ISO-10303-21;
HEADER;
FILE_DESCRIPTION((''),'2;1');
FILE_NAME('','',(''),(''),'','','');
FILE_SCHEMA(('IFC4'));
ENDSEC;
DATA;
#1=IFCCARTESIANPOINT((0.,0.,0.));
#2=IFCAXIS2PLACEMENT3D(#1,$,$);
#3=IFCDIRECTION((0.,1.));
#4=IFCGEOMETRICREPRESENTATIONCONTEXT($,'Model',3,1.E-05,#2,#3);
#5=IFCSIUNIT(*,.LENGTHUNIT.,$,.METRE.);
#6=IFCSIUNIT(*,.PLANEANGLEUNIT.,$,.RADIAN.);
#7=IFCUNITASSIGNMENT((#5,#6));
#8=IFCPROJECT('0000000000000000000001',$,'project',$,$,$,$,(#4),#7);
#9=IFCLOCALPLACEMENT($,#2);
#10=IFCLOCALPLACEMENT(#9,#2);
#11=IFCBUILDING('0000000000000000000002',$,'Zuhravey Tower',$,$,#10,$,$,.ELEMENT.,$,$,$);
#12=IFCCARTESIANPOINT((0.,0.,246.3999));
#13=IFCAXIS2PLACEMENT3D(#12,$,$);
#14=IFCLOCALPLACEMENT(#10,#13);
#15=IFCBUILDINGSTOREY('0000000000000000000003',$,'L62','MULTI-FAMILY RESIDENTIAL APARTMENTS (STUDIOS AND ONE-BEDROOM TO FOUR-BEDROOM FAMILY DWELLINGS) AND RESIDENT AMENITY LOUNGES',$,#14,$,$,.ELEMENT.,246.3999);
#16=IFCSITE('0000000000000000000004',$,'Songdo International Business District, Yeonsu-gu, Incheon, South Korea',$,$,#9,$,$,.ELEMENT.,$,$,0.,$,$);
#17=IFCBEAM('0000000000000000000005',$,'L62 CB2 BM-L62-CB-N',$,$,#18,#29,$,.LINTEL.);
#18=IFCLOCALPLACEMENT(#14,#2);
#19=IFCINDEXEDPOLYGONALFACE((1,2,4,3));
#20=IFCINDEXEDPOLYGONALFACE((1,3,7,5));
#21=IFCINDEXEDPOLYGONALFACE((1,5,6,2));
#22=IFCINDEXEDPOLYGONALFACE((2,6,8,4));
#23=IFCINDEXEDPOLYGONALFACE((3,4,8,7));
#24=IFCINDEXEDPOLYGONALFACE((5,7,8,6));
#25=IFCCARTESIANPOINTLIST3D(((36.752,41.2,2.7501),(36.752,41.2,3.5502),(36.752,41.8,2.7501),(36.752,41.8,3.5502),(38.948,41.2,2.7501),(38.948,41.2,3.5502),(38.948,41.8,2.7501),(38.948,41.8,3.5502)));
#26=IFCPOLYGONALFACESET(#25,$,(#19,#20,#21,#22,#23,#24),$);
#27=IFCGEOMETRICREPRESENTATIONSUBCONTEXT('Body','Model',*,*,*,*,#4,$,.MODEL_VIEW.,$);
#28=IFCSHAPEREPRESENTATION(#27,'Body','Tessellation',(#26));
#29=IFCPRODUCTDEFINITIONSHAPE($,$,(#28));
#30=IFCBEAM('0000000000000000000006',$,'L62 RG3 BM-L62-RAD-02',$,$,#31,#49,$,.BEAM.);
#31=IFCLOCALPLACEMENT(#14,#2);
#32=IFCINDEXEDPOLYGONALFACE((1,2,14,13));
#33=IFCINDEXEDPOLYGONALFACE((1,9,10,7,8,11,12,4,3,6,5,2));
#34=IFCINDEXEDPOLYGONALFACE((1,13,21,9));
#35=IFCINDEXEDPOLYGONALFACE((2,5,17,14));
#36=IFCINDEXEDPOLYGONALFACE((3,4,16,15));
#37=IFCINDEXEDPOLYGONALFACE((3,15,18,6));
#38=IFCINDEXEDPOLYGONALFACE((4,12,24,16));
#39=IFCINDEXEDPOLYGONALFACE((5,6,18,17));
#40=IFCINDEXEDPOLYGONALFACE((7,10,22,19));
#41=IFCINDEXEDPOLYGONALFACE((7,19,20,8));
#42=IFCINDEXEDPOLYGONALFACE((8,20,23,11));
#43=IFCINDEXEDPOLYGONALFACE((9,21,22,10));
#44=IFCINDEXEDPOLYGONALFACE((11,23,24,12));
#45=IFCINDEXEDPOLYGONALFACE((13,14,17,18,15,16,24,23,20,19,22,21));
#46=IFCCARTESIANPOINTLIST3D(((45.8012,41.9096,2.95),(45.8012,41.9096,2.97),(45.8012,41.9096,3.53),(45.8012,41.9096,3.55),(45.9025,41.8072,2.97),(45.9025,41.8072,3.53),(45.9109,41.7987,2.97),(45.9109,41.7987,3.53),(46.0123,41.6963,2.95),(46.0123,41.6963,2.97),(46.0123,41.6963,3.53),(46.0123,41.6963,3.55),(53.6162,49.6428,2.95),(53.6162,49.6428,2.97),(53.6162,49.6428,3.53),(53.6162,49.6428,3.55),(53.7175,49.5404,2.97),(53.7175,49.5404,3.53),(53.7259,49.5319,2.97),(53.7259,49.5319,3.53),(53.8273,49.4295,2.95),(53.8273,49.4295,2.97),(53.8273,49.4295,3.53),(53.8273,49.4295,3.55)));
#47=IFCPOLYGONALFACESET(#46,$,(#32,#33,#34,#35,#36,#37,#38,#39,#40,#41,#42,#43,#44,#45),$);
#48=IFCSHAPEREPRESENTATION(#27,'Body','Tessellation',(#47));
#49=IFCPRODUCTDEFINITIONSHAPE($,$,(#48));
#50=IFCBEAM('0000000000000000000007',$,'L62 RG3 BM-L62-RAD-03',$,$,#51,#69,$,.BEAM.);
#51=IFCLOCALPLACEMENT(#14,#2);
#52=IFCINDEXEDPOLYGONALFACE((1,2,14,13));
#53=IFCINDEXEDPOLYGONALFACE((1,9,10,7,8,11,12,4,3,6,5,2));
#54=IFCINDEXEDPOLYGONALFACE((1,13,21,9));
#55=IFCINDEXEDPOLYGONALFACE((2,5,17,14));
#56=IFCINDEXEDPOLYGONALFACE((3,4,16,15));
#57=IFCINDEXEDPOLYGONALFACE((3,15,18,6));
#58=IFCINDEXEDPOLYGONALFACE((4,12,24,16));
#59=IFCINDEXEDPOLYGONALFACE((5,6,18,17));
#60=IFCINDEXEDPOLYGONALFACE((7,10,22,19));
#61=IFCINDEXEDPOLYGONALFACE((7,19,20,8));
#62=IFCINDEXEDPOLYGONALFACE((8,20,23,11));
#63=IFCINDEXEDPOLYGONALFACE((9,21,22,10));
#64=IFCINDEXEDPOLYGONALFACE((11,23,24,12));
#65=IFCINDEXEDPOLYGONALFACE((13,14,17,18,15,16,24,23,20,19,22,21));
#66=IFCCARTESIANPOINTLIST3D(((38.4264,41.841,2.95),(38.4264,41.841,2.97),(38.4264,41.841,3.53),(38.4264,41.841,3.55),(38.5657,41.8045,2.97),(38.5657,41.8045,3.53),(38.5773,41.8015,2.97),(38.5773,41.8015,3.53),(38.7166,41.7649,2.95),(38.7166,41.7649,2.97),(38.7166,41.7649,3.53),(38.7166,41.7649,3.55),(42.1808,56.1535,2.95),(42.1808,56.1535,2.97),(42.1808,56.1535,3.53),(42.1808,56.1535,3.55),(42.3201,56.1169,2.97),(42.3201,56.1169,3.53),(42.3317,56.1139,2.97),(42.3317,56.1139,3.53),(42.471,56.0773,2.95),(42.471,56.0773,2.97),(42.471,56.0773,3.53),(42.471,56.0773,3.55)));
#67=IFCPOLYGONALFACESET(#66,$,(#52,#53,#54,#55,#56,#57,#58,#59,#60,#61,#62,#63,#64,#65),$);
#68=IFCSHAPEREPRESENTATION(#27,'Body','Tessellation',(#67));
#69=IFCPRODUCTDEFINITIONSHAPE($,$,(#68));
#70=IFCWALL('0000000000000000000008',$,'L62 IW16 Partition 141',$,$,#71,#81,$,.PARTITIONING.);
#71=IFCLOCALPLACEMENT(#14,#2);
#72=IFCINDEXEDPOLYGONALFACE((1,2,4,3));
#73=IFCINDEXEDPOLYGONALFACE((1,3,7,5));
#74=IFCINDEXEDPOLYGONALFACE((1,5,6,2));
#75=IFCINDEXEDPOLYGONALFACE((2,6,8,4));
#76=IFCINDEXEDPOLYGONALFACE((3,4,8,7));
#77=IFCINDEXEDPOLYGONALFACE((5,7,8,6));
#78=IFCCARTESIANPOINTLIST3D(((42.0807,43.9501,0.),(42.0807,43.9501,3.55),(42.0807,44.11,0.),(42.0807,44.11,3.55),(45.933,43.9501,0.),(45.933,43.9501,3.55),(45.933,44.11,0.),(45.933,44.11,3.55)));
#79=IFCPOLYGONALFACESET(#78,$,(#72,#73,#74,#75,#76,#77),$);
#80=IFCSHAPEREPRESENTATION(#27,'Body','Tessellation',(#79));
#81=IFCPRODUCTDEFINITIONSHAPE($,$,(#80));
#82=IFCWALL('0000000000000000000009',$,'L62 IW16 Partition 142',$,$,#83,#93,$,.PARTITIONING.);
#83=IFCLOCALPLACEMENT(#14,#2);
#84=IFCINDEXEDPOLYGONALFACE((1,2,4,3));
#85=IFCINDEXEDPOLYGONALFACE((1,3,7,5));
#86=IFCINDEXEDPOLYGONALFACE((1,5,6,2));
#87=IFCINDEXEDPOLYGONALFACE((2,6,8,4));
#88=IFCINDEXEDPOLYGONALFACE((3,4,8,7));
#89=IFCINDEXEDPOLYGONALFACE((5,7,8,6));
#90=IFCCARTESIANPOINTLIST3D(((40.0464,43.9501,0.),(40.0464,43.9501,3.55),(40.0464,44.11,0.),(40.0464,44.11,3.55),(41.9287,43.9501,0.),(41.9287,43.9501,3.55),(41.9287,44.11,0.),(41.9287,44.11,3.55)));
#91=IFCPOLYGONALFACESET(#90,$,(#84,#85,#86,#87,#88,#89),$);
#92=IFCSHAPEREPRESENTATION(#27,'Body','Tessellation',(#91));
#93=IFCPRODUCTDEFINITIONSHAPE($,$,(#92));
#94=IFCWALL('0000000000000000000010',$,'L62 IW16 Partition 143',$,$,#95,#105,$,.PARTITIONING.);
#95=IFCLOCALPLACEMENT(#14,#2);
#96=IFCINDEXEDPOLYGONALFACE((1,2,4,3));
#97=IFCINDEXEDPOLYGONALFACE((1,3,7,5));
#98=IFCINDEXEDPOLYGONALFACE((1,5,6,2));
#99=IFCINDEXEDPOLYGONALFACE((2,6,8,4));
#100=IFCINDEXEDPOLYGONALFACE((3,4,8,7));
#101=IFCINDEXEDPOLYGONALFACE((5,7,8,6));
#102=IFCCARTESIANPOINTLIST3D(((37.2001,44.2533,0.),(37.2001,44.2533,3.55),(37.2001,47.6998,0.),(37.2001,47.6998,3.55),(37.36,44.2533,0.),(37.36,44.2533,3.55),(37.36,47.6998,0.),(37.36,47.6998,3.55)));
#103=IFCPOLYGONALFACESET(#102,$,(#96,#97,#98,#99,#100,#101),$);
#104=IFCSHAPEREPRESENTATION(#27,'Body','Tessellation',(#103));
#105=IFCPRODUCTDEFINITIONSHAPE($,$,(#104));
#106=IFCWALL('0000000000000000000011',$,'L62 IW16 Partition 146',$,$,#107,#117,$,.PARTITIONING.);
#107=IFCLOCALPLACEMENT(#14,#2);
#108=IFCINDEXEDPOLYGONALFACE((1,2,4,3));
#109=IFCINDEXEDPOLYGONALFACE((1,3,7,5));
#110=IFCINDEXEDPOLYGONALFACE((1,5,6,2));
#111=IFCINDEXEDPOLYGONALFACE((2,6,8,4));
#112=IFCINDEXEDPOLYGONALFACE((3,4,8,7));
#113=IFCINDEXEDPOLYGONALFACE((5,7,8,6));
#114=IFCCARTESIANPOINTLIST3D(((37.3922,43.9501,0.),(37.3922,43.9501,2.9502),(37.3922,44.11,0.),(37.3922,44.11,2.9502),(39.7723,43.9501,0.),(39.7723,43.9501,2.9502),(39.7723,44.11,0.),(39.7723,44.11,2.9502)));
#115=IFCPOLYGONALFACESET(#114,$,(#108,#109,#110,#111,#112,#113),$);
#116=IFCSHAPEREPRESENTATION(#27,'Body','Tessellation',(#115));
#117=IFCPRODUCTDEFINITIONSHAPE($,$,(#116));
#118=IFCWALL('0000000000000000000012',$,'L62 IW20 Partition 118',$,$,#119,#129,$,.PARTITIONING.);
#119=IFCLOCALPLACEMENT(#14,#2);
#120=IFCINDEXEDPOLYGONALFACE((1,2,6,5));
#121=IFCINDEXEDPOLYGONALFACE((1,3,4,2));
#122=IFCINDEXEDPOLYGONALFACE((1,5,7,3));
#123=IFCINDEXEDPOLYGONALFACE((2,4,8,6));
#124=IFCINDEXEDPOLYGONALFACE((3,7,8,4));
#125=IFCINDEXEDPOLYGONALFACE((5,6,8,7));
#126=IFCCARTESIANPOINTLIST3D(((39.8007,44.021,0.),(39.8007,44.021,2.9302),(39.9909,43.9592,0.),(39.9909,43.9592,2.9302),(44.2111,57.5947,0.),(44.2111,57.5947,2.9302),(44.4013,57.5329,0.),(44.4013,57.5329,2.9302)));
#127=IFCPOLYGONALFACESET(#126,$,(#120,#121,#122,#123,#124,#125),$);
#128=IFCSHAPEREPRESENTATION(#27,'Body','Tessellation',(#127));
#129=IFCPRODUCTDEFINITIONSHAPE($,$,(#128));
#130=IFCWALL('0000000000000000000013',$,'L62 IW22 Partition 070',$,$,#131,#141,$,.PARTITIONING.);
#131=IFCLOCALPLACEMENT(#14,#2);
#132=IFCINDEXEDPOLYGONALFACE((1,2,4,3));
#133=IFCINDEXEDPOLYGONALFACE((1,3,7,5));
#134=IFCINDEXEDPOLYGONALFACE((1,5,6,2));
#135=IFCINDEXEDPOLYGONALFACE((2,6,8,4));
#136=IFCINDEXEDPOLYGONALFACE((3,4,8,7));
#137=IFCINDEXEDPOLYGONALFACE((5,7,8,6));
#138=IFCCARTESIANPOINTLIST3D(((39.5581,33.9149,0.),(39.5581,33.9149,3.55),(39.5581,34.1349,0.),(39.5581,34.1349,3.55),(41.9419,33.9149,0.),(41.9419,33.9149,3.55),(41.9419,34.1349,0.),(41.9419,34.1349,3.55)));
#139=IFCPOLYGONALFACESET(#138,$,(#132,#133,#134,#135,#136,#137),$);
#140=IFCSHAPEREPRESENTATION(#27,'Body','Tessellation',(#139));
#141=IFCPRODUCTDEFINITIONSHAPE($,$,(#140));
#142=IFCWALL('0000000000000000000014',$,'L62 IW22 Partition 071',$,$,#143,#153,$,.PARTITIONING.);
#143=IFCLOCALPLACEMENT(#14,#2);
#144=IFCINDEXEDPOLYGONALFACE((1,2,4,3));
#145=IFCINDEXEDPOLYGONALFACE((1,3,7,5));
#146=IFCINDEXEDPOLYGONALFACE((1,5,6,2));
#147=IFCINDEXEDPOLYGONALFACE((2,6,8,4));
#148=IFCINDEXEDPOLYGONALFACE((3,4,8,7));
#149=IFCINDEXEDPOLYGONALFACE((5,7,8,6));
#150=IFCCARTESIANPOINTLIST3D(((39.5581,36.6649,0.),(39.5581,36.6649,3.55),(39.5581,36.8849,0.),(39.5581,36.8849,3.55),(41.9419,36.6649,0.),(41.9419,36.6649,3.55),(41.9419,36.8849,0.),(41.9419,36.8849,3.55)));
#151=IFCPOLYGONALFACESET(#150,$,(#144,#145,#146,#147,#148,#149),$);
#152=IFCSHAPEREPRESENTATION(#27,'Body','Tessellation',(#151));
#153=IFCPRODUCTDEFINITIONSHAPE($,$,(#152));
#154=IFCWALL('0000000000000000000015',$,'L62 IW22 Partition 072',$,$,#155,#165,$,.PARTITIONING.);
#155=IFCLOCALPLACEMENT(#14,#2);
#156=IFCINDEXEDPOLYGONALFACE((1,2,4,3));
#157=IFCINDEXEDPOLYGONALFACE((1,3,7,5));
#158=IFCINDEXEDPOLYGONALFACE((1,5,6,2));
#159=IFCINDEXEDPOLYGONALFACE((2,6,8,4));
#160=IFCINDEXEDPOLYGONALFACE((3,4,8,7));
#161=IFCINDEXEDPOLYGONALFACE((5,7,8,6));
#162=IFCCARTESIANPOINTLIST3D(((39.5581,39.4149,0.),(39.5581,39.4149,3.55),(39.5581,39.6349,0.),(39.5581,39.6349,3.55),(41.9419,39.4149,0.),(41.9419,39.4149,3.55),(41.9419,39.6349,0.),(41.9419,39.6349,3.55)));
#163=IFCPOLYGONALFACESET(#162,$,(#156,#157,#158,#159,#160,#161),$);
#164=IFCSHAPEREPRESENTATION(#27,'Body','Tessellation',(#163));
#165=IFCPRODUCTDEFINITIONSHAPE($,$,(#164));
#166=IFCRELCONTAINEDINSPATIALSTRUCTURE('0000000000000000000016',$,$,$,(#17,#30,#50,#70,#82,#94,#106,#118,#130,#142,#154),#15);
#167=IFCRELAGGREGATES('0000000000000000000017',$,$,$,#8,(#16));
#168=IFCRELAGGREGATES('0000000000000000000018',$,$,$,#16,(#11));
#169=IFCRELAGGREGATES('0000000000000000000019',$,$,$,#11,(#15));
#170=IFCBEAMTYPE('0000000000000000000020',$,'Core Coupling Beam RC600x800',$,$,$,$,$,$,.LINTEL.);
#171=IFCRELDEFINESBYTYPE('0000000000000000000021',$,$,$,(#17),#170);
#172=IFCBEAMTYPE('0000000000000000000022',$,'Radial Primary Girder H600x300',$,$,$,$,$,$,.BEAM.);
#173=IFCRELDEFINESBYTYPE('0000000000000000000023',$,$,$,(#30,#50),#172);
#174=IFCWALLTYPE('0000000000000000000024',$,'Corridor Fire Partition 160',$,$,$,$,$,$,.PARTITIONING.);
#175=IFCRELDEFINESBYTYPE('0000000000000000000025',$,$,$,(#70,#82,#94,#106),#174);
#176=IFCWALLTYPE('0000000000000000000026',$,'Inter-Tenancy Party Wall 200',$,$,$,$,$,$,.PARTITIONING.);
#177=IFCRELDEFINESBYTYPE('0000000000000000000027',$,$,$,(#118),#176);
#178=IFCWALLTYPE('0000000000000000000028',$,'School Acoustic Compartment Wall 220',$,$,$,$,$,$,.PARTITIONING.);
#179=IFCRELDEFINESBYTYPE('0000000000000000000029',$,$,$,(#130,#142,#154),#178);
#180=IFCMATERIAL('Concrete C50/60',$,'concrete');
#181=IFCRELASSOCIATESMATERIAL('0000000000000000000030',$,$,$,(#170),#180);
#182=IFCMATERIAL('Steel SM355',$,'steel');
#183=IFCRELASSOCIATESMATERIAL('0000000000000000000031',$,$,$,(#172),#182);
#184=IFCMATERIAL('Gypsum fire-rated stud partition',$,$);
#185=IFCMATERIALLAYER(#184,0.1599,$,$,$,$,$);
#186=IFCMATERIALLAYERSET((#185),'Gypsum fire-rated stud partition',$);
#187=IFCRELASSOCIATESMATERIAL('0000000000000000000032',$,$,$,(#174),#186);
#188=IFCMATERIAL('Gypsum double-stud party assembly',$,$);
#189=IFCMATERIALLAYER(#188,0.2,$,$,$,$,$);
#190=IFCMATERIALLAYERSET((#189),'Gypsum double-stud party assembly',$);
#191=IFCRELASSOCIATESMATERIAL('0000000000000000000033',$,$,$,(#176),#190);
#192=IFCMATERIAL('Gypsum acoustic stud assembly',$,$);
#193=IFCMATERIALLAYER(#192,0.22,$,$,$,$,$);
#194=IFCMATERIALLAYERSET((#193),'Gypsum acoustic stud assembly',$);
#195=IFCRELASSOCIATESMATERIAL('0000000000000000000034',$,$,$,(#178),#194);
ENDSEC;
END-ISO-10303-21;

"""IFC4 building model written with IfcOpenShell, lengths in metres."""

from ifc_helpers import new_model, si_unit, direction, frame, frame_2d, origin, origin_2d, place, context, subcontext, project, spatial, rectangle, i_section, extrude, material, layer, layer_set, material_profile, profile_set, type_object, element, save


model = new_model("IFC4")

# Units and contexts
model_context = context("Model", 3, precision=1e-05, world=origin(), true_north=direction((0.0, 1.0)))
body_context = subcontext(model_context, "Body", "Model", "MODEL_VIEW")
ifc_project = project(units=[si_unit("LENGTHUNIT", "METRE"), si_unit("PLANEANGLEUNIT", "RADIAN")], contexts=[model_context])

# Site, building, storey
site_placement = place(None, origin())
site = spatial("IfcSite", under=ifc_project, at=site_placement, Name="Songdo International Business District, Yeonsu-gu, Incheon, South Korea", CompositionType="ELEMENT", RefElevation=0.0)
building_placement = place(site_placement, origin())
building = spatial("IfcBuilding", under=site, at=building_placement, Name="Zuhravey Tower", CompositionType="ELEMENT")
storey_placement = place(building_placement, frame((0.0, 0.0, 246.3999)))
storey = spatial("IfcBuildingStorey", under=building, at=storey_placement, Name="L62", Description="MULTI-FAMILY RESIDENTIAL APARTMENTS (STUDIOS AND ONE-BEDROOM TO FOUR-BEDROOM FAMILY DWELLINGS) AND RESIDENT AMENITY LOUNGES", CompositionType="ELEMENT", Elevation=246.3999)

# Beams
ifc_material_1 = material(Name="Concrete C50/60", Category="concrete")
ifc_material_profile_1 = material_profile(ifc_material_1, rectangle(XDim=0.6001, YDim=0.8, at=origin_2d()), Name="RC-600x800")
ifc_profile_set_1 = profile_set([ifc_material_profile_1], Name="Concrete C50/60")
beam_type_1 = type_object("IfcBeamType", Name="Core Coupling Beam RC600x800", PredefinedType="LINTEL", material=ifc_profile_set_1)
beam_1_placement = place(storey_placement, frame((36.752, 41.5, 3.1501), z_axis=(1.0, 0.0, 0.0), x_axis=(0.0, 1.0, 0.0)))
element("IfcBeam", 1, at=beam_1_placement, inside=storey, type_object=beam_type_1, Name="L62 CB2 BM-L62-CB-N", PredefinedType="LINTEL", context=body_context, shape_type="SweptSolid", body=[
    extrude(rectangle(XDim=0.6001, YDim=0.8, at=origin_2d()), origin(), (0.0, 0.0, 1.0), 2.196),
])
ifc_material_2 = material(Name="Steel SM355", Category="steel")
ifc_material_profile_2 = material_profile(ifc_material_2, i_section(OverallWidth=0.3, OverallDepth=0.6001, WebThickness=0.012, FlangeThickness=0.02, at=origin_2d()), Name="H-600x300x12x20")
ifc_profile_set_2 = profile_set([ifc_material_profile_2], Name="Steel SM355")
beam_type_2 = type_object("IfcBeamType", Name="Radial Primary Girder H600x300", PredefinedType="BEAM", material=ifc_profile_set_2)
beam_2_placement = place(storey_placement, frame((45.9067, 41.803, 3.25), z_axis=(0.710817, 0.703377, 0.0), x_axis=(-0.703377, 0.710817, 0.0)))
element("IfcBeam", 2, at=beam_2_placement, inside=storey, type_object=beam_type_2, Name="L62 RG3 BM-L62-RAD-02", PredefinedType="BEAM", context=body_context, shape_type="SweptSolid", body=[
    extrude(i_section(OverallWidth=0.3, OverallDepth=0.6001, WebThickness=0.012, FlangeThickness=0.02, at=origin_2d()), origin(), (0.0, 0.0, 1.0), 10.9944),
])
beam_3_placement = place(storey_placement, frame((38.5715, 41.803, 3.25), z_axis=(0.253731, 0.967275, 0.0), x_axis=(-0.967275, 0.253731, 0.0)))
element("IfcBeam", 3, at=beam_3_placement, inside=storey, type_object=beam_type_2, Name="L62 RG3 BM-L62-RAD-03", PredefinedType="BEAM", context=body_context, shape_type="SweptSolid", body=[
    extrude(i_section(OverallWidth=0.3, OverallDepth=0.6001, WebThickness=0.012, FlangeThickness=0.02, at=origin_2d()), origin(), (0.0, 0.0, 1.0), 14.7966),
])

# Walls
ifc_material_3 = material(Name="Gypsum fire-rated stud partition")
ifc_layer_1 = layer(ifc_material_3, 0.1599)
ifc_layer_set_1 = layer_set([ifc_layer_1], Name="Gypsum fire-rated stud partition")
wall_type_1 = type_object("IfcWallType", Name="Corridor Fire Partition 160", PredefinedType="PARTITIONING", material=ifc_layer_set_1)
wall_1_placement = place(storey_placement, frame((45.9331, 44.03, 0.0), z_axis=(0.0, 0.0, 1.0), x_axis=(-1.0, 0.0, 0.0)))
element("IfcWall", 4, at=wall_1_placement, inside=storey, type_object=wall_type_1, Name="L62 IW16 Partition 141", PredefinedType="PARTITIONING", context=body_context, shape_type="SweptSolid", body=[
    extrude(rectangle(XDim=3.8523, YDim=0.1599, at=frame_2d((1.9263, 0.0))), origin(), (0.0, 0.0, 1.0), 3.55),
])
wall_2_placement = place(storey_placement, frame((41.9287, 44.03, 0.0), z_axis=(0.0, 0.0, 1.0), x_axis=(-1.0, 0.0, 0.0)))
element("IfcWall", 5, at=wall_2_placement, inside=storey, type_object=wall_type_1, Name="L62 IW16 Partition 142", PredefinedType="PARTITIONING", context=body_context, shape_type="SweptSolid", body=[
    extrude(rectangle(XDim=1.8823, YDim=0.1599, at=frame_2d((0.9412, 0.0))), origin(), (0.0, 0.0, 1.0), 3.55),
])
wall_3_placement = place(storey_placement, frame((37.28, 44.2534, 0.0), z_axis=(0.0, 0.0, 1.0), x_axis=(0.0, 1.0, 0.0)))
element("IfcWall", 6, at=wall_3_placement, inside=storey, type_object=wall_type_1, Name="L62 IW16 Partition 143", PredefinedType="PARTITIONING", context=body_context, shape_type="SweptSolid", body=[
    extrude(rectangle(XDim=3.4465, YDim=0.1599, at=frame_2d((1.7231, 0.0))), origin(), (0.0, 0.0, 1.0), 3.55),
])
wall_4_placement = place(storey_placement, frame((39.7722, 44.03, 0.0), z_axis=(0.0, 0.0, 1.0), x_axis=(-1.0, 0.0, 0.0)))
element("IfcWall", 7, at=wall_4_placement, inside=storey, type_object=wall_type_1, Name="L62 IW16 Partition 146", PredefinedType="PARTITIONING", context=body_context, shape_type="SweptSolid", body=[
    extrude(rectangle(XDim=2.3801, YDim=0.1599, at=frame_2d((1.1899, 0.0))), origin(), (0.0, 0.0, 1.0), 2.9502),
])

# Walls
ifc_material_4 = material(Name="Gypsum double-stud party assembly")
ifc_layer_2 = layer(ifc_material_4, 0.2)
ifc_layer_set_2 = layer_set([ifc_layer_2], Name="Gypsum double-stud party assembly")
wall_type_2 = type_object("IfcWallType", Name="Inter-Tenancy Party Wall 200", PredefinedType="PARTITIONING", material=ifc_layer_set_2)
wall_5_placement = place(storey_placement, frame((39.8958, 43.99, 0.0), z_axis=(0.0, 0.0, 1.0), x_axis=(0.309019, 0.951056, 0.0)))
element("IfcWall", 8, at=wall_5_placement, inside=storey, type_object=wall_type_2, Name="L62 IW20 Partition 118", PredefinedType="PARTITIONING", context=body_context, shape_type="SweptSolid", body=[
    extrude(rectangle(XDim=14.2722, YDim=0.2, at=frame_2d((7.1362, 0.0))), origin(), (0.0, 0.0, 1.0), 2.9302),
])
ifc_material_5 = material(Name="Gypsum acoustic stud assembly")
ifc_layer_3 = layer(ifc_material_5, 0.22)
ifc_layer_set_3 = layer_set([ifc_layer_3], Name="Gypsum acoustic stud assembly")
wall_type_3 = type_object("IfcWallType", Name="School Acoustic Compartment Wall 220", PredefinedType="PARTITIONING", material=ifc_layer_set_3)
for number, where, z_axis, x_axis, name in (
    (9, (39.5581, 34.0249, 0.0), (0.0, 0.0, 1.0), (1.0, 0.0, 0.0), "L62 IW22 Partition 070"),
    (10, (39.5581, 36.7749, 0.0), (0.0, 0.0, 1.0), (1.0, 0.0, 0.0), "L62 IW22 Partition 071"),
    (11, (39.5581, 39.5249, 0.0), (0.0, 0.0, 1.0), (1.0, 0.0, 0.0), "L62 IW22 Partition 072"),
):
    element("IfcWall", number, at=place(storey_placement, frame(where, z_axis=z_axis, x_axis=x_axis)), inside=storey, type_object=wall_type_3, Name=name, PredefinedType="PARTITIONING", context=body_context, shape_type="SweptSolid", body=[
        extrude(rectangle(XDim=2.3838, YDim=0.22, at=frame_2d((1.1919, 0.0))), origin(), (0.0, 0.0, 1.0), 3.55),
    ])

save(model, "model.ifc")
